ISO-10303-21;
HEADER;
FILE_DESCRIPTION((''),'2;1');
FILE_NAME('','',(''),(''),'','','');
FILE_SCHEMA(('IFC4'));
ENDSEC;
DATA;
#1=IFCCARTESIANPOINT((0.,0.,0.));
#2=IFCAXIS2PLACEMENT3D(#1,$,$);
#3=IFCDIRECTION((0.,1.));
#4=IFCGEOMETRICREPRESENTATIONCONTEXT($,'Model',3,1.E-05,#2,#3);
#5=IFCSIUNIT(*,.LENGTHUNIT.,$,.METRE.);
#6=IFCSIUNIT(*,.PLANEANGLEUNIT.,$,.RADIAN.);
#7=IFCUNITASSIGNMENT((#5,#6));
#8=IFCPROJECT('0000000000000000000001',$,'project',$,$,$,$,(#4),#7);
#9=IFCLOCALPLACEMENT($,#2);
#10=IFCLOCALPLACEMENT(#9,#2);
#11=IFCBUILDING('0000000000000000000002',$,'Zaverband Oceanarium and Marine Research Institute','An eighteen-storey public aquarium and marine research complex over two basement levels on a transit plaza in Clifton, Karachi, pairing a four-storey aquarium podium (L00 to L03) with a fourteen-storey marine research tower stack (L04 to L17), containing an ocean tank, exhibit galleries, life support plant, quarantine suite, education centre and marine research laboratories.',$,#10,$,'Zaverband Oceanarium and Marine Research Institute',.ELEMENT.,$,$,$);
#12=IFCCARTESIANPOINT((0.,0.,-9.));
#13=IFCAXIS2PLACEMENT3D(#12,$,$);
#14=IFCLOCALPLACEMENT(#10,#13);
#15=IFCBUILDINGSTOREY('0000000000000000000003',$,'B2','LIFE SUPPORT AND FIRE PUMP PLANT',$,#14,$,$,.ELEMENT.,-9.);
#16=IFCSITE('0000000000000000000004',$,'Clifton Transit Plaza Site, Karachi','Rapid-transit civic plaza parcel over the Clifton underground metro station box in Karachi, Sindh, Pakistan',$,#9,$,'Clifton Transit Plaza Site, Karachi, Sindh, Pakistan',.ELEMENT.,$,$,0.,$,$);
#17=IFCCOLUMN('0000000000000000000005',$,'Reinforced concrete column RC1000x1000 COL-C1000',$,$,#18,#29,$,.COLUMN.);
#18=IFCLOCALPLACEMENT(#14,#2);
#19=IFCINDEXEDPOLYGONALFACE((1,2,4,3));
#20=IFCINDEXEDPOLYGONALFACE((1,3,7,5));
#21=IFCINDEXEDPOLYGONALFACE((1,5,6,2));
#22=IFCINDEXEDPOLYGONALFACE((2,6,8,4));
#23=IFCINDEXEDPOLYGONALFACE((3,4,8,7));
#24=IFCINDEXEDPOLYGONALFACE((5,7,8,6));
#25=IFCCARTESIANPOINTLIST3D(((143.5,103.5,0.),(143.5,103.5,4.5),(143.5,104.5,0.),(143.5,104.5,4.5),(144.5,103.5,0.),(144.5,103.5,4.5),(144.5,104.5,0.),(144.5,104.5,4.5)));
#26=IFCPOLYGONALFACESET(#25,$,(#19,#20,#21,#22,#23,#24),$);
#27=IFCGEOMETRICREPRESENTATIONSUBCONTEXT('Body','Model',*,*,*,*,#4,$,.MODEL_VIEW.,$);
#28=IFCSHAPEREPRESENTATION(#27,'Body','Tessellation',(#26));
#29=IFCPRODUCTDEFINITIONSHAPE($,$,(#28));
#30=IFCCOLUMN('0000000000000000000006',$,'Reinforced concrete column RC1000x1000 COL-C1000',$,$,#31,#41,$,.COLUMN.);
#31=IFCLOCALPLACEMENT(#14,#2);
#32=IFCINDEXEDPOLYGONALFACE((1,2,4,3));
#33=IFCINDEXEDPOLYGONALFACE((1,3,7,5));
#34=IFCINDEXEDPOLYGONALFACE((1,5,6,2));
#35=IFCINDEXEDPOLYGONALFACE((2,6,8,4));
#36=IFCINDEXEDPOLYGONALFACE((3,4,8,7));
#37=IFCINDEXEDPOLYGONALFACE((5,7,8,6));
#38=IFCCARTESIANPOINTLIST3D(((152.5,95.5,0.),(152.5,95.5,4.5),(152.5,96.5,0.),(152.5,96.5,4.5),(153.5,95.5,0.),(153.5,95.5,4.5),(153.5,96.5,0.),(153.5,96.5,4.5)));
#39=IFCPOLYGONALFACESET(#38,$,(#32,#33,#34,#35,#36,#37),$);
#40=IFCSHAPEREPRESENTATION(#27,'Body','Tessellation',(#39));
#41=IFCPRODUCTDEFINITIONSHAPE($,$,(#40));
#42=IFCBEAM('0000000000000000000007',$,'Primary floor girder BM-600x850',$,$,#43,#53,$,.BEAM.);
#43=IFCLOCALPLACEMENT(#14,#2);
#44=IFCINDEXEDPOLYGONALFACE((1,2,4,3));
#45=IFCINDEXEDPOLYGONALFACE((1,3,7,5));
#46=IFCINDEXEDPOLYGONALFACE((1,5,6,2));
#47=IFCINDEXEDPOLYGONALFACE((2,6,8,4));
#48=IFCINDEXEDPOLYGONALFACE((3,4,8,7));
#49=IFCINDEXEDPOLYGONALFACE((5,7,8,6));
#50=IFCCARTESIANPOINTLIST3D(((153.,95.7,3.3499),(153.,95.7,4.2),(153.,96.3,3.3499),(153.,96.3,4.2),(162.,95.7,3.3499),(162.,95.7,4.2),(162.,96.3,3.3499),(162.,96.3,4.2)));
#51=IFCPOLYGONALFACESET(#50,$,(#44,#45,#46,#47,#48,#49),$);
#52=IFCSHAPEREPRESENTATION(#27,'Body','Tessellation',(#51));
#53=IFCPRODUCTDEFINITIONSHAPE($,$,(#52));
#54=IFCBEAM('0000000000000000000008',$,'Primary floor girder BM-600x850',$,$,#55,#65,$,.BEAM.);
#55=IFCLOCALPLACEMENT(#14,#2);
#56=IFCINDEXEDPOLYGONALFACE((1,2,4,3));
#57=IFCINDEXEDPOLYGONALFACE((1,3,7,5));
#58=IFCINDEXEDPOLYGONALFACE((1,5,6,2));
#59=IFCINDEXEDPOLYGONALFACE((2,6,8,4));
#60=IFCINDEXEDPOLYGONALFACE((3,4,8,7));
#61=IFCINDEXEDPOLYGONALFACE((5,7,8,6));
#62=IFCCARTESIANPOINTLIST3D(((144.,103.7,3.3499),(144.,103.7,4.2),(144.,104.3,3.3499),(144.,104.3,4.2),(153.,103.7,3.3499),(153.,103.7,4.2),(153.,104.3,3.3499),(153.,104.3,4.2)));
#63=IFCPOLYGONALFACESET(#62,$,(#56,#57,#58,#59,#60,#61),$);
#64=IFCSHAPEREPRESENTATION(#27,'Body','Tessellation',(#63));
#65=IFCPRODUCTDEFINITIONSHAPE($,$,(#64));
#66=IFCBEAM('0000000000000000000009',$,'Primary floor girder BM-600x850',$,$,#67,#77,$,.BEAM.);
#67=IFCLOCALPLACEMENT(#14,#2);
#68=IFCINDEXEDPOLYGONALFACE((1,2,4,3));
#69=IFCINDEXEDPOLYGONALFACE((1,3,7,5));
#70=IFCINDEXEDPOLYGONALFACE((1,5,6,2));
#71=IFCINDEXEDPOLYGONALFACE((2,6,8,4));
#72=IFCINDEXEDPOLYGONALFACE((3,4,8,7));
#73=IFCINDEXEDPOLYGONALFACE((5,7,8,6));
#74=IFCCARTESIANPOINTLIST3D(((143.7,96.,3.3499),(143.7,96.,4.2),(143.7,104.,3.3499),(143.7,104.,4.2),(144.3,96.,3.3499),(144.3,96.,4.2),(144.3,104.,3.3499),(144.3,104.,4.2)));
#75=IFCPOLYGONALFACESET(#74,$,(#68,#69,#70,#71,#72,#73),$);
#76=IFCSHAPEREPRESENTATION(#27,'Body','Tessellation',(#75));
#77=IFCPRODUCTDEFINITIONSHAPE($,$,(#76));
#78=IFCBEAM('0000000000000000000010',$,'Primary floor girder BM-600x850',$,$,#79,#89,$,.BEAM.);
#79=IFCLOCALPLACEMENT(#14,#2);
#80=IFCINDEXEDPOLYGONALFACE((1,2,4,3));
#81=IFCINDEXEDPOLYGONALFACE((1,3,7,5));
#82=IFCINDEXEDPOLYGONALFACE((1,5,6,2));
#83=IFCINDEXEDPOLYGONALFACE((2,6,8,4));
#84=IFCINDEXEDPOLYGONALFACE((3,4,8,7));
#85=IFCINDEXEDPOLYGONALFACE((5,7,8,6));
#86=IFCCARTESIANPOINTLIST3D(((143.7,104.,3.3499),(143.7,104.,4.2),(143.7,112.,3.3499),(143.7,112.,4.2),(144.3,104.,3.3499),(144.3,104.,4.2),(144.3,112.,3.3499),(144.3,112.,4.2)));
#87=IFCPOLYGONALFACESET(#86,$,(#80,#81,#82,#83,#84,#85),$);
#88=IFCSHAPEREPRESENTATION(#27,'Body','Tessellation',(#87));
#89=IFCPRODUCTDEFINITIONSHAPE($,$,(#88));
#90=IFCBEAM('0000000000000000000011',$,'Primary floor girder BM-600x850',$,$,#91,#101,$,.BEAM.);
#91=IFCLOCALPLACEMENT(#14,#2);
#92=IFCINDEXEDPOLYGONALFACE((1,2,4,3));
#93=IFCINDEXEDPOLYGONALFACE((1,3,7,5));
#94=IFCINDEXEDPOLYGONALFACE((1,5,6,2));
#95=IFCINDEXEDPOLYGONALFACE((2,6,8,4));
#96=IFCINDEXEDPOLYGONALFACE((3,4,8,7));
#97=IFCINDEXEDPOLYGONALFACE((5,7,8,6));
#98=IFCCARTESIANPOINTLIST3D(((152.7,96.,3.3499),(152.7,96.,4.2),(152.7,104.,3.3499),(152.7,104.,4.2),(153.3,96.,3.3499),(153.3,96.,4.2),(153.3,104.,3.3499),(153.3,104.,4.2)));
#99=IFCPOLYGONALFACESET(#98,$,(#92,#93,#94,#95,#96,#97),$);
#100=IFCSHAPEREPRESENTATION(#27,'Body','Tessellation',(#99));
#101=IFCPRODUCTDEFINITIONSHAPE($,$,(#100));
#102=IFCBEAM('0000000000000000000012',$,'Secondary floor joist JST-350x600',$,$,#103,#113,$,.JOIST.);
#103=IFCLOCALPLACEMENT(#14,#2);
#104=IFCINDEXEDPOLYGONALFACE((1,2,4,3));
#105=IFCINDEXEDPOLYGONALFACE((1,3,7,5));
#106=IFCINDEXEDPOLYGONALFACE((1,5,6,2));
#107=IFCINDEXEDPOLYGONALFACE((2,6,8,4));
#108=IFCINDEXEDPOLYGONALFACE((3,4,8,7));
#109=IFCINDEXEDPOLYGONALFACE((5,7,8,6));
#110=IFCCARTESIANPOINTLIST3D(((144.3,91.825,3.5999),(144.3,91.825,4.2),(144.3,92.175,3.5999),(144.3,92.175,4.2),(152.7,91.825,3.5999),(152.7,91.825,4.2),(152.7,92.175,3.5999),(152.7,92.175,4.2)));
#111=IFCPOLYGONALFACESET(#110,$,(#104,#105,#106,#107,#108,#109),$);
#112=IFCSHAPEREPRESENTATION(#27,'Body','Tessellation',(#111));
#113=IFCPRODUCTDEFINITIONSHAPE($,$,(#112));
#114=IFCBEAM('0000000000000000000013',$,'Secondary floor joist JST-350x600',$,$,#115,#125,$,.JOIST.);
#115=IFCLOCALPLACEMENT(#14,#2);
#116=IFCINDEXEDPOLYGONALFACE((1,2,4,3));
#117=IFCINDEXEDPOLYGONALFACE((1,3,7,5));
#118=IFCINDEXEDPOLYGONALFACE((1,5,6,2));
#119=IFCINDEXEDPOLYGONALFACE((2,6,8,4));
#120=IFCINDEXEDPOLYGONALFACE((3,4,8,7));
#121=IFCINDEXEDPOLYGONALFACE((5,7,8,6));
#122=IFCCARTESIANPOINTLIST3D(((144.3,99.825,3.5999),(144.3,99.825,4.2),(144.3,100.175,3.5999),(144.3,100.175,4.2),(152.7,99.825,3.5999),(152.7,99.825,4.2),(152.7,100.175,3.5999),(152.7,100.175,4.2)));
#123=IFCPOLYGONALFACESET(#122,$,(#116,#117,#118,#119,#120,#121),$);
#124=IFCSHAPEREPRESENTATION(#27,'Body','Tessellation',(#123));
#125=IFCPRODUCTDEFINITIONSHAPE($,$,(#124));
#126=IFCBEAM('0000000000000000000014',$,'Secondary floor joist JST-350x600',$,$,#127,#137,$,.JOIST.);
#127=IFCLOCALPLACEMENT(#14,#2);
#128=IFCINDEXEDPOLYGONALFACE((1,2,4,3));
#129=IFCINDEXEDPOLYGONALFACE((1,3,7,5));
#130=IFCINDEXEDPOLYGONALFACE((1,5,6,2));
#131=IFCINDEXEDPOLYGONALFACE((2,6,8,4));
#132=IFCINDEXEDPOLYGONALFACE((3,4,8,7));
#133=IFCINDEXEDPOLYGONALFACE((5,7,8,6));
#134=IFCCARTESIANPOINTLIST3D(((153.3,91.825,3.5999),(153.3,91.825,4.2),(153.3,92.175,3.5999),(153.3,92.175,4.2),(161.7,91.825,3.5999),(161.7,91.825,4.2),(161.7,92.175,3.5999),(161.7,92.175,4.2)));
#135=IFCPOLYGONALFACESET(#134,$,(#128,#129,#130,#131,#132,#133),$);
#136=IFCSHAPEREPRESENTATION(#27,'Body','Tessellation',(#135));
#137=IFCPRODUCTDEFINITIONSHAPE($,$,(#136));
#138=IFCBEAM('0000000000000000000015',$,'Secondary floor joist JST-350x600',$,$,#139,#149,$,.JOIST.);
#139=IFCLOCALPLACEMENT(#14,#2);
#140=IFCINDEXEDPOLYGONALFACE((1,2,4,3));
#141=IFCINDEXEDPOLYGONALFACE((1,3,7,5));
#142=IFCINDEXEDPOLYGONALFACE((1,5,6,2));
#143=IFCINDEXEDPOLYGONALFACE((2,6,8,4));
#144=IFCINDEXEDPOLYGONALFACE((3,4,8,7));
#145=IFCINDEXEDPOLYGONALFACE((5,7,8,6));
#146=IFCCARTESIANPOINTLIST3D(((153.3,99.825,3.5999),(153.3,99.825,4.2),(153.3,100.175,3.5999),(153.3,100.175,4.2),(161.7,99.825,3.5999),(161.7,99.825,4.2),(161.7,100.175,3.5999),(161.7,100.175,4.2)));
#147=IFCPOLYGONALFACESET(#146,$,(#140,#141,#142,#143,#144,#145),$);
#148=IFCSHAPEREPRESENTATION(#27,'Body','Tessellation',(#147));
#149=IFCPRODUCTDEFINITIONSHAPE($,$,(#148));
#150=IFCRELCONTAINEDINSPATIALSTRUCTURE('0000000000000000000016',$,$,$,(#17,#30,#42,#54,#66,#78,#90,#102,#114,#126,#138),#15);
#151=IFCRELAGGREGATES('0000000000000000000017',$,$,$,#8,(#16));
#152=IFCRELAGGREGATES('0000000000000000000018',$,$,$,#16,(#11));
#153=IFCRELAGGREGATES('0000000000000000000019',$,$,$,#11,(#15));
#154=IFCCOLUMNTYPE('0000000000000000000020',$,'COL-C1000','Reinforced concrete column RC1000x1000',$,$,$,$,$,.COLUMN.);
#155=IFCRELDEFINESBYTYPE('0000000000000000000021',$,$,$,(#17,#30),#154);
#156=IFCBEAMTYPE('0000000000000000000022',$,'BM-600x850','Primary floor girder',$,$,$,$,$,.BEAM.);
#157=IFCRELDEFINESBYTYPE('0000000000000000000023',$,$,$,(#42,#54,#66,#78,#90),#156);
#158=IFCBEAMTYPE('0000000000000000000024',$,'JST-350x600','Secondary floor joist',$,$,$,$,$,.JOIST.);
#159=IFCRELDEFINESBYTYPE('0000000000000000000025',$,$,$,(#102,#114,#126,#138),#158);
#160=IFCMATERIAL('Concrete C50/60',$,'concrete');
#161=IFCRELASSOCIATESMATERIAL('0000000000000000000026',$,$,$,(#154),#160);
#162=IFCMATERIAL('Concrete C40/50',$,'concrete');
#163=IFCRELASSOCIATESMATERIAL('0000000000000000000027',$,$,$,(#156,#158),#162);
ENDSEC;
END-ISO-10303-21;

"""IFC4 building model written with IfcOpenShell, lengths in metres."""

from ifc_helpers import new_model, si_unit, direction, frame, origin, origin_2d, place, context, subcontext, project, spatial, rectangle, extrude, material, material_profile, profile_set, type_object, element, save


model = new_model("IFC4")

# Units and contexts
model_context = context("Model", 3, precision=1e-05, world=origin(), true_north=direction((0.0, 1.0)))
body_context = subcontext(model_context, "Body", "Model", "MODEL_VIEW")
ifc_project = project(units=[si_unit("LENGTHUNIT", "METRE"), si_unit("PLANEANGLEUNIT", "RADIAN")], contexts=[model_context])

# Site, building, storey
site_placement = place(None, origin())
site = spatial("IfcSite", under=ifc_project, at=site_placement, Name="Clifton Transit Plaza Site, Karachi", Description="Rapid-transit civic plaza parcel over the Clifton underground metro station box in Karachi, Sindh, Pakistan", LongName="Clifton Transit Plaza Site, Karachi, Sindh, Pakistan", CompositionType="ELEMENT", RefElevation=0.0)
building_placement = place(site_placement, origin())
building = spatial("IfcBuilding", under=site, at=building_placement, Name="Zaverband Oceanarium and Marine Research Institute", Description="An eighteen-storey public aquarium and marine research complex over two basement levels on a transit plaza in Clifton, Karachi, pairing a four-storey aquarium podium (L00 to L03) with a fourteen-storey marine research tower stack (L04 to L17), containing an ocean tank, exhibit galleries, life support plant, quarantine suite, education centre and marine research laboratories.", LongName="Zaverband Oceanarium and Marine Research Institute", CompositionType="ELEMENT")
storey_placement = place(building_placement, frame((0.0, 0.0, -9.0)))
storey = spatial("IfcBuildingStorey", under=building, at=storey_placement, Name="B2", Description="LIFE SUPPORT AND FIRE PUMP PLANT", CompositionType="ELEMENT", Elevation=-9.0)

# Shared definitions
ifc_material_1 = material(Name="Concrete C50/60", Category="concrete")

# Columns
ifc_material_profile_1 = material_profile(ifc_material_1, rectangle(XDim=1.0, YDim=1.0, at=origin_2d()), Name="RC1000x1000")
ifc_profile_set_1 = profile_set([ifc_material_profile_1], Name="Concrete C50/60")
column_type = type_object("IfcColumnType", Name="COL-C1000", Description="Reinforced concrete column RC1000x1000", PredefinedType="COLUMN", material=ifc_profile_set_1)
for number, where, z_axis, x_axis, name in (
    (1, (144.0, 104.0, 0.0), (0.0, 0.0, 1.0), (1.0, 0.0, 0.0), "Reinforced concrete column RC1000x1000 COL-C1000"),
    (2, (153.0, 96.0, 0.0), (0.0, 0.0, 1.0), (1.0, 0.0, 0.0), "Reinforced concrete column RC1000x1000 COL-C1000"),
):
    element("IfcColumn", number, at=place(storey_placement, frame(where, z_axis=z_axis, x_axis=x_axis)), inside=storey, type_object=column_type, Name=name, PredefinedType="COLUMN", context=body_context, shape_type="SweptSolid", body=[
        extrude(rectangle(XDim=1.0, YDim=1.0, at=origin_2d()), origin(), (0.0, 0.0, 1.0), 4.5),
    ])

# Beams
ifc_material_2 = material(Name="Concrete C40/50", Category="concrete")
ifc_material_profile_2 = material_profile(ifc_material_2, rectangle(XDim=0.6001, YDim=0.8501, at=origin_2d()), Name="RC600x850")
ifc_profile_set_2 = profile_set([ifc_material_profile_2], Name="Concrete C40/50")
beam_type_1 = type_object("IfcBeamType", Name="BM-600x850", Description="Primary floor girder", PredefinedType="BEAM", material=ifc_profile_set_2)
for number, where, z_axis, x_axis, name in (
    (3, (153.0, 96.0, 3.7749), (1.0, 0.0, 0.0), (0.0, 1.0, 0.0), "Primary floor girder BM-600x850"),
    (4, (144.0, 104.0, 3.7749), (1.0, 0.0, 0.0), (0.0, 1.0, 0.0), "Primary floor girder BM-600x850"),
):
    element("IfcBeam", number, at=place(storey_placement, frame(where, z_axis=z_axis, x_axis=x_axis)), inside=storey, type_object=beam_type_1, Name=name, PredefinedType="BEAM", context=body_context, shape_type="SweptSolid", body=[
        extrude(rectangle(XDim=0.6001, YDim=0.8501, at=origin_2d()), origin(), (0.0, 0.0, 1.0), 9.0),
    ])
for number, where, z_axis, x_axis, name in (
    (5, (144.0, 96.0, 3.7749), (0.0, 1.0, 0.0), (-1.0, 0.0, 0.0), "Primary floor girder BM-600x850"),
    (6, (144.0, 104.0, 3.7749), (0.0, 1.0, 0.0), (-1.0, 0.0, 0.0), "Primary floor girder BM-600x850"),
    (7, (153.0, 96.0, 3.7749), (0.0, 1.0, 0.0), (-1.0, 0.0, 0.0), "Primary floor girder BM-600x850"),
):
    element("IfcBeam", number, at=place(storey_placement, frame(where, z_axis=z_axis, x_axis=x_axis)), inside=storey, type_object=beam_type_1, Name=name, PredefinedType="BEAM", context=body_context, shape_type="SweptSolid", body=[
        extrude(rectangle(XDim=0.6001, YDim=0.8501, at=origin_2d()), origin(), (0.0, 0.0, 1.0), 8.0),
    ])
ifc_material_profile_3 = material_profile(ifc_material_2, rectangle(XDim=0.3501, YDim=0.6001, at=origin_2d()), Name="RC350x600")
ifc_profile_set_3 = profile_set([ifc_material_profile_3], Name="Concrete C40/50")
beam_type_2 = type_object("IfcBeamType", Name="JST-350x600", Description="Secondary floor joist", PredefinedType="JOIST", material=ifc_profile_set_3)
for number, where, z_axis, x_axis, name in (
    (8, (144.3, 92.0, 3.8999), (1.0, 0.0, 0.0), (0.0, 1.0, 0.0), "Secondary floor joist JST-350x600"),
    (9, (144.3, 100.0, 3.8999), (1.0, 0.0, 0.0), (0.0, 1.0, 0.0), "Secondary floor joist JST-350x600"),
    (10, (153.3, 92.0, 3.8999), (1.0, 0.0, 0.0), (0.0, 1.0, 0.0), "Secondary floor joist JST-350x600"),
    (11, (153.3, 100.0, 3.8999), (1.0, 0.0, 0.0), (0.0, 1.0, 0.0), "Secondary floor joist JST-350x600"),
):
    element("IfcBeam", number, at=place(storey_placement, frame(where, z_axis=z_axis, x_axis=x_axis)), inside=storey, type_object=beam_type_2, Name=name, PredefinedType="JOIST", context=body_context, shape_type="SweptSolid", body=[
        extrude(rectangle(XDim=0.3501, YDim=0.6001, at=origin_2d()), origin(), (0.0, 0.0, 1.0), 8.3999),
    ])

save(model, "model.ifc")
